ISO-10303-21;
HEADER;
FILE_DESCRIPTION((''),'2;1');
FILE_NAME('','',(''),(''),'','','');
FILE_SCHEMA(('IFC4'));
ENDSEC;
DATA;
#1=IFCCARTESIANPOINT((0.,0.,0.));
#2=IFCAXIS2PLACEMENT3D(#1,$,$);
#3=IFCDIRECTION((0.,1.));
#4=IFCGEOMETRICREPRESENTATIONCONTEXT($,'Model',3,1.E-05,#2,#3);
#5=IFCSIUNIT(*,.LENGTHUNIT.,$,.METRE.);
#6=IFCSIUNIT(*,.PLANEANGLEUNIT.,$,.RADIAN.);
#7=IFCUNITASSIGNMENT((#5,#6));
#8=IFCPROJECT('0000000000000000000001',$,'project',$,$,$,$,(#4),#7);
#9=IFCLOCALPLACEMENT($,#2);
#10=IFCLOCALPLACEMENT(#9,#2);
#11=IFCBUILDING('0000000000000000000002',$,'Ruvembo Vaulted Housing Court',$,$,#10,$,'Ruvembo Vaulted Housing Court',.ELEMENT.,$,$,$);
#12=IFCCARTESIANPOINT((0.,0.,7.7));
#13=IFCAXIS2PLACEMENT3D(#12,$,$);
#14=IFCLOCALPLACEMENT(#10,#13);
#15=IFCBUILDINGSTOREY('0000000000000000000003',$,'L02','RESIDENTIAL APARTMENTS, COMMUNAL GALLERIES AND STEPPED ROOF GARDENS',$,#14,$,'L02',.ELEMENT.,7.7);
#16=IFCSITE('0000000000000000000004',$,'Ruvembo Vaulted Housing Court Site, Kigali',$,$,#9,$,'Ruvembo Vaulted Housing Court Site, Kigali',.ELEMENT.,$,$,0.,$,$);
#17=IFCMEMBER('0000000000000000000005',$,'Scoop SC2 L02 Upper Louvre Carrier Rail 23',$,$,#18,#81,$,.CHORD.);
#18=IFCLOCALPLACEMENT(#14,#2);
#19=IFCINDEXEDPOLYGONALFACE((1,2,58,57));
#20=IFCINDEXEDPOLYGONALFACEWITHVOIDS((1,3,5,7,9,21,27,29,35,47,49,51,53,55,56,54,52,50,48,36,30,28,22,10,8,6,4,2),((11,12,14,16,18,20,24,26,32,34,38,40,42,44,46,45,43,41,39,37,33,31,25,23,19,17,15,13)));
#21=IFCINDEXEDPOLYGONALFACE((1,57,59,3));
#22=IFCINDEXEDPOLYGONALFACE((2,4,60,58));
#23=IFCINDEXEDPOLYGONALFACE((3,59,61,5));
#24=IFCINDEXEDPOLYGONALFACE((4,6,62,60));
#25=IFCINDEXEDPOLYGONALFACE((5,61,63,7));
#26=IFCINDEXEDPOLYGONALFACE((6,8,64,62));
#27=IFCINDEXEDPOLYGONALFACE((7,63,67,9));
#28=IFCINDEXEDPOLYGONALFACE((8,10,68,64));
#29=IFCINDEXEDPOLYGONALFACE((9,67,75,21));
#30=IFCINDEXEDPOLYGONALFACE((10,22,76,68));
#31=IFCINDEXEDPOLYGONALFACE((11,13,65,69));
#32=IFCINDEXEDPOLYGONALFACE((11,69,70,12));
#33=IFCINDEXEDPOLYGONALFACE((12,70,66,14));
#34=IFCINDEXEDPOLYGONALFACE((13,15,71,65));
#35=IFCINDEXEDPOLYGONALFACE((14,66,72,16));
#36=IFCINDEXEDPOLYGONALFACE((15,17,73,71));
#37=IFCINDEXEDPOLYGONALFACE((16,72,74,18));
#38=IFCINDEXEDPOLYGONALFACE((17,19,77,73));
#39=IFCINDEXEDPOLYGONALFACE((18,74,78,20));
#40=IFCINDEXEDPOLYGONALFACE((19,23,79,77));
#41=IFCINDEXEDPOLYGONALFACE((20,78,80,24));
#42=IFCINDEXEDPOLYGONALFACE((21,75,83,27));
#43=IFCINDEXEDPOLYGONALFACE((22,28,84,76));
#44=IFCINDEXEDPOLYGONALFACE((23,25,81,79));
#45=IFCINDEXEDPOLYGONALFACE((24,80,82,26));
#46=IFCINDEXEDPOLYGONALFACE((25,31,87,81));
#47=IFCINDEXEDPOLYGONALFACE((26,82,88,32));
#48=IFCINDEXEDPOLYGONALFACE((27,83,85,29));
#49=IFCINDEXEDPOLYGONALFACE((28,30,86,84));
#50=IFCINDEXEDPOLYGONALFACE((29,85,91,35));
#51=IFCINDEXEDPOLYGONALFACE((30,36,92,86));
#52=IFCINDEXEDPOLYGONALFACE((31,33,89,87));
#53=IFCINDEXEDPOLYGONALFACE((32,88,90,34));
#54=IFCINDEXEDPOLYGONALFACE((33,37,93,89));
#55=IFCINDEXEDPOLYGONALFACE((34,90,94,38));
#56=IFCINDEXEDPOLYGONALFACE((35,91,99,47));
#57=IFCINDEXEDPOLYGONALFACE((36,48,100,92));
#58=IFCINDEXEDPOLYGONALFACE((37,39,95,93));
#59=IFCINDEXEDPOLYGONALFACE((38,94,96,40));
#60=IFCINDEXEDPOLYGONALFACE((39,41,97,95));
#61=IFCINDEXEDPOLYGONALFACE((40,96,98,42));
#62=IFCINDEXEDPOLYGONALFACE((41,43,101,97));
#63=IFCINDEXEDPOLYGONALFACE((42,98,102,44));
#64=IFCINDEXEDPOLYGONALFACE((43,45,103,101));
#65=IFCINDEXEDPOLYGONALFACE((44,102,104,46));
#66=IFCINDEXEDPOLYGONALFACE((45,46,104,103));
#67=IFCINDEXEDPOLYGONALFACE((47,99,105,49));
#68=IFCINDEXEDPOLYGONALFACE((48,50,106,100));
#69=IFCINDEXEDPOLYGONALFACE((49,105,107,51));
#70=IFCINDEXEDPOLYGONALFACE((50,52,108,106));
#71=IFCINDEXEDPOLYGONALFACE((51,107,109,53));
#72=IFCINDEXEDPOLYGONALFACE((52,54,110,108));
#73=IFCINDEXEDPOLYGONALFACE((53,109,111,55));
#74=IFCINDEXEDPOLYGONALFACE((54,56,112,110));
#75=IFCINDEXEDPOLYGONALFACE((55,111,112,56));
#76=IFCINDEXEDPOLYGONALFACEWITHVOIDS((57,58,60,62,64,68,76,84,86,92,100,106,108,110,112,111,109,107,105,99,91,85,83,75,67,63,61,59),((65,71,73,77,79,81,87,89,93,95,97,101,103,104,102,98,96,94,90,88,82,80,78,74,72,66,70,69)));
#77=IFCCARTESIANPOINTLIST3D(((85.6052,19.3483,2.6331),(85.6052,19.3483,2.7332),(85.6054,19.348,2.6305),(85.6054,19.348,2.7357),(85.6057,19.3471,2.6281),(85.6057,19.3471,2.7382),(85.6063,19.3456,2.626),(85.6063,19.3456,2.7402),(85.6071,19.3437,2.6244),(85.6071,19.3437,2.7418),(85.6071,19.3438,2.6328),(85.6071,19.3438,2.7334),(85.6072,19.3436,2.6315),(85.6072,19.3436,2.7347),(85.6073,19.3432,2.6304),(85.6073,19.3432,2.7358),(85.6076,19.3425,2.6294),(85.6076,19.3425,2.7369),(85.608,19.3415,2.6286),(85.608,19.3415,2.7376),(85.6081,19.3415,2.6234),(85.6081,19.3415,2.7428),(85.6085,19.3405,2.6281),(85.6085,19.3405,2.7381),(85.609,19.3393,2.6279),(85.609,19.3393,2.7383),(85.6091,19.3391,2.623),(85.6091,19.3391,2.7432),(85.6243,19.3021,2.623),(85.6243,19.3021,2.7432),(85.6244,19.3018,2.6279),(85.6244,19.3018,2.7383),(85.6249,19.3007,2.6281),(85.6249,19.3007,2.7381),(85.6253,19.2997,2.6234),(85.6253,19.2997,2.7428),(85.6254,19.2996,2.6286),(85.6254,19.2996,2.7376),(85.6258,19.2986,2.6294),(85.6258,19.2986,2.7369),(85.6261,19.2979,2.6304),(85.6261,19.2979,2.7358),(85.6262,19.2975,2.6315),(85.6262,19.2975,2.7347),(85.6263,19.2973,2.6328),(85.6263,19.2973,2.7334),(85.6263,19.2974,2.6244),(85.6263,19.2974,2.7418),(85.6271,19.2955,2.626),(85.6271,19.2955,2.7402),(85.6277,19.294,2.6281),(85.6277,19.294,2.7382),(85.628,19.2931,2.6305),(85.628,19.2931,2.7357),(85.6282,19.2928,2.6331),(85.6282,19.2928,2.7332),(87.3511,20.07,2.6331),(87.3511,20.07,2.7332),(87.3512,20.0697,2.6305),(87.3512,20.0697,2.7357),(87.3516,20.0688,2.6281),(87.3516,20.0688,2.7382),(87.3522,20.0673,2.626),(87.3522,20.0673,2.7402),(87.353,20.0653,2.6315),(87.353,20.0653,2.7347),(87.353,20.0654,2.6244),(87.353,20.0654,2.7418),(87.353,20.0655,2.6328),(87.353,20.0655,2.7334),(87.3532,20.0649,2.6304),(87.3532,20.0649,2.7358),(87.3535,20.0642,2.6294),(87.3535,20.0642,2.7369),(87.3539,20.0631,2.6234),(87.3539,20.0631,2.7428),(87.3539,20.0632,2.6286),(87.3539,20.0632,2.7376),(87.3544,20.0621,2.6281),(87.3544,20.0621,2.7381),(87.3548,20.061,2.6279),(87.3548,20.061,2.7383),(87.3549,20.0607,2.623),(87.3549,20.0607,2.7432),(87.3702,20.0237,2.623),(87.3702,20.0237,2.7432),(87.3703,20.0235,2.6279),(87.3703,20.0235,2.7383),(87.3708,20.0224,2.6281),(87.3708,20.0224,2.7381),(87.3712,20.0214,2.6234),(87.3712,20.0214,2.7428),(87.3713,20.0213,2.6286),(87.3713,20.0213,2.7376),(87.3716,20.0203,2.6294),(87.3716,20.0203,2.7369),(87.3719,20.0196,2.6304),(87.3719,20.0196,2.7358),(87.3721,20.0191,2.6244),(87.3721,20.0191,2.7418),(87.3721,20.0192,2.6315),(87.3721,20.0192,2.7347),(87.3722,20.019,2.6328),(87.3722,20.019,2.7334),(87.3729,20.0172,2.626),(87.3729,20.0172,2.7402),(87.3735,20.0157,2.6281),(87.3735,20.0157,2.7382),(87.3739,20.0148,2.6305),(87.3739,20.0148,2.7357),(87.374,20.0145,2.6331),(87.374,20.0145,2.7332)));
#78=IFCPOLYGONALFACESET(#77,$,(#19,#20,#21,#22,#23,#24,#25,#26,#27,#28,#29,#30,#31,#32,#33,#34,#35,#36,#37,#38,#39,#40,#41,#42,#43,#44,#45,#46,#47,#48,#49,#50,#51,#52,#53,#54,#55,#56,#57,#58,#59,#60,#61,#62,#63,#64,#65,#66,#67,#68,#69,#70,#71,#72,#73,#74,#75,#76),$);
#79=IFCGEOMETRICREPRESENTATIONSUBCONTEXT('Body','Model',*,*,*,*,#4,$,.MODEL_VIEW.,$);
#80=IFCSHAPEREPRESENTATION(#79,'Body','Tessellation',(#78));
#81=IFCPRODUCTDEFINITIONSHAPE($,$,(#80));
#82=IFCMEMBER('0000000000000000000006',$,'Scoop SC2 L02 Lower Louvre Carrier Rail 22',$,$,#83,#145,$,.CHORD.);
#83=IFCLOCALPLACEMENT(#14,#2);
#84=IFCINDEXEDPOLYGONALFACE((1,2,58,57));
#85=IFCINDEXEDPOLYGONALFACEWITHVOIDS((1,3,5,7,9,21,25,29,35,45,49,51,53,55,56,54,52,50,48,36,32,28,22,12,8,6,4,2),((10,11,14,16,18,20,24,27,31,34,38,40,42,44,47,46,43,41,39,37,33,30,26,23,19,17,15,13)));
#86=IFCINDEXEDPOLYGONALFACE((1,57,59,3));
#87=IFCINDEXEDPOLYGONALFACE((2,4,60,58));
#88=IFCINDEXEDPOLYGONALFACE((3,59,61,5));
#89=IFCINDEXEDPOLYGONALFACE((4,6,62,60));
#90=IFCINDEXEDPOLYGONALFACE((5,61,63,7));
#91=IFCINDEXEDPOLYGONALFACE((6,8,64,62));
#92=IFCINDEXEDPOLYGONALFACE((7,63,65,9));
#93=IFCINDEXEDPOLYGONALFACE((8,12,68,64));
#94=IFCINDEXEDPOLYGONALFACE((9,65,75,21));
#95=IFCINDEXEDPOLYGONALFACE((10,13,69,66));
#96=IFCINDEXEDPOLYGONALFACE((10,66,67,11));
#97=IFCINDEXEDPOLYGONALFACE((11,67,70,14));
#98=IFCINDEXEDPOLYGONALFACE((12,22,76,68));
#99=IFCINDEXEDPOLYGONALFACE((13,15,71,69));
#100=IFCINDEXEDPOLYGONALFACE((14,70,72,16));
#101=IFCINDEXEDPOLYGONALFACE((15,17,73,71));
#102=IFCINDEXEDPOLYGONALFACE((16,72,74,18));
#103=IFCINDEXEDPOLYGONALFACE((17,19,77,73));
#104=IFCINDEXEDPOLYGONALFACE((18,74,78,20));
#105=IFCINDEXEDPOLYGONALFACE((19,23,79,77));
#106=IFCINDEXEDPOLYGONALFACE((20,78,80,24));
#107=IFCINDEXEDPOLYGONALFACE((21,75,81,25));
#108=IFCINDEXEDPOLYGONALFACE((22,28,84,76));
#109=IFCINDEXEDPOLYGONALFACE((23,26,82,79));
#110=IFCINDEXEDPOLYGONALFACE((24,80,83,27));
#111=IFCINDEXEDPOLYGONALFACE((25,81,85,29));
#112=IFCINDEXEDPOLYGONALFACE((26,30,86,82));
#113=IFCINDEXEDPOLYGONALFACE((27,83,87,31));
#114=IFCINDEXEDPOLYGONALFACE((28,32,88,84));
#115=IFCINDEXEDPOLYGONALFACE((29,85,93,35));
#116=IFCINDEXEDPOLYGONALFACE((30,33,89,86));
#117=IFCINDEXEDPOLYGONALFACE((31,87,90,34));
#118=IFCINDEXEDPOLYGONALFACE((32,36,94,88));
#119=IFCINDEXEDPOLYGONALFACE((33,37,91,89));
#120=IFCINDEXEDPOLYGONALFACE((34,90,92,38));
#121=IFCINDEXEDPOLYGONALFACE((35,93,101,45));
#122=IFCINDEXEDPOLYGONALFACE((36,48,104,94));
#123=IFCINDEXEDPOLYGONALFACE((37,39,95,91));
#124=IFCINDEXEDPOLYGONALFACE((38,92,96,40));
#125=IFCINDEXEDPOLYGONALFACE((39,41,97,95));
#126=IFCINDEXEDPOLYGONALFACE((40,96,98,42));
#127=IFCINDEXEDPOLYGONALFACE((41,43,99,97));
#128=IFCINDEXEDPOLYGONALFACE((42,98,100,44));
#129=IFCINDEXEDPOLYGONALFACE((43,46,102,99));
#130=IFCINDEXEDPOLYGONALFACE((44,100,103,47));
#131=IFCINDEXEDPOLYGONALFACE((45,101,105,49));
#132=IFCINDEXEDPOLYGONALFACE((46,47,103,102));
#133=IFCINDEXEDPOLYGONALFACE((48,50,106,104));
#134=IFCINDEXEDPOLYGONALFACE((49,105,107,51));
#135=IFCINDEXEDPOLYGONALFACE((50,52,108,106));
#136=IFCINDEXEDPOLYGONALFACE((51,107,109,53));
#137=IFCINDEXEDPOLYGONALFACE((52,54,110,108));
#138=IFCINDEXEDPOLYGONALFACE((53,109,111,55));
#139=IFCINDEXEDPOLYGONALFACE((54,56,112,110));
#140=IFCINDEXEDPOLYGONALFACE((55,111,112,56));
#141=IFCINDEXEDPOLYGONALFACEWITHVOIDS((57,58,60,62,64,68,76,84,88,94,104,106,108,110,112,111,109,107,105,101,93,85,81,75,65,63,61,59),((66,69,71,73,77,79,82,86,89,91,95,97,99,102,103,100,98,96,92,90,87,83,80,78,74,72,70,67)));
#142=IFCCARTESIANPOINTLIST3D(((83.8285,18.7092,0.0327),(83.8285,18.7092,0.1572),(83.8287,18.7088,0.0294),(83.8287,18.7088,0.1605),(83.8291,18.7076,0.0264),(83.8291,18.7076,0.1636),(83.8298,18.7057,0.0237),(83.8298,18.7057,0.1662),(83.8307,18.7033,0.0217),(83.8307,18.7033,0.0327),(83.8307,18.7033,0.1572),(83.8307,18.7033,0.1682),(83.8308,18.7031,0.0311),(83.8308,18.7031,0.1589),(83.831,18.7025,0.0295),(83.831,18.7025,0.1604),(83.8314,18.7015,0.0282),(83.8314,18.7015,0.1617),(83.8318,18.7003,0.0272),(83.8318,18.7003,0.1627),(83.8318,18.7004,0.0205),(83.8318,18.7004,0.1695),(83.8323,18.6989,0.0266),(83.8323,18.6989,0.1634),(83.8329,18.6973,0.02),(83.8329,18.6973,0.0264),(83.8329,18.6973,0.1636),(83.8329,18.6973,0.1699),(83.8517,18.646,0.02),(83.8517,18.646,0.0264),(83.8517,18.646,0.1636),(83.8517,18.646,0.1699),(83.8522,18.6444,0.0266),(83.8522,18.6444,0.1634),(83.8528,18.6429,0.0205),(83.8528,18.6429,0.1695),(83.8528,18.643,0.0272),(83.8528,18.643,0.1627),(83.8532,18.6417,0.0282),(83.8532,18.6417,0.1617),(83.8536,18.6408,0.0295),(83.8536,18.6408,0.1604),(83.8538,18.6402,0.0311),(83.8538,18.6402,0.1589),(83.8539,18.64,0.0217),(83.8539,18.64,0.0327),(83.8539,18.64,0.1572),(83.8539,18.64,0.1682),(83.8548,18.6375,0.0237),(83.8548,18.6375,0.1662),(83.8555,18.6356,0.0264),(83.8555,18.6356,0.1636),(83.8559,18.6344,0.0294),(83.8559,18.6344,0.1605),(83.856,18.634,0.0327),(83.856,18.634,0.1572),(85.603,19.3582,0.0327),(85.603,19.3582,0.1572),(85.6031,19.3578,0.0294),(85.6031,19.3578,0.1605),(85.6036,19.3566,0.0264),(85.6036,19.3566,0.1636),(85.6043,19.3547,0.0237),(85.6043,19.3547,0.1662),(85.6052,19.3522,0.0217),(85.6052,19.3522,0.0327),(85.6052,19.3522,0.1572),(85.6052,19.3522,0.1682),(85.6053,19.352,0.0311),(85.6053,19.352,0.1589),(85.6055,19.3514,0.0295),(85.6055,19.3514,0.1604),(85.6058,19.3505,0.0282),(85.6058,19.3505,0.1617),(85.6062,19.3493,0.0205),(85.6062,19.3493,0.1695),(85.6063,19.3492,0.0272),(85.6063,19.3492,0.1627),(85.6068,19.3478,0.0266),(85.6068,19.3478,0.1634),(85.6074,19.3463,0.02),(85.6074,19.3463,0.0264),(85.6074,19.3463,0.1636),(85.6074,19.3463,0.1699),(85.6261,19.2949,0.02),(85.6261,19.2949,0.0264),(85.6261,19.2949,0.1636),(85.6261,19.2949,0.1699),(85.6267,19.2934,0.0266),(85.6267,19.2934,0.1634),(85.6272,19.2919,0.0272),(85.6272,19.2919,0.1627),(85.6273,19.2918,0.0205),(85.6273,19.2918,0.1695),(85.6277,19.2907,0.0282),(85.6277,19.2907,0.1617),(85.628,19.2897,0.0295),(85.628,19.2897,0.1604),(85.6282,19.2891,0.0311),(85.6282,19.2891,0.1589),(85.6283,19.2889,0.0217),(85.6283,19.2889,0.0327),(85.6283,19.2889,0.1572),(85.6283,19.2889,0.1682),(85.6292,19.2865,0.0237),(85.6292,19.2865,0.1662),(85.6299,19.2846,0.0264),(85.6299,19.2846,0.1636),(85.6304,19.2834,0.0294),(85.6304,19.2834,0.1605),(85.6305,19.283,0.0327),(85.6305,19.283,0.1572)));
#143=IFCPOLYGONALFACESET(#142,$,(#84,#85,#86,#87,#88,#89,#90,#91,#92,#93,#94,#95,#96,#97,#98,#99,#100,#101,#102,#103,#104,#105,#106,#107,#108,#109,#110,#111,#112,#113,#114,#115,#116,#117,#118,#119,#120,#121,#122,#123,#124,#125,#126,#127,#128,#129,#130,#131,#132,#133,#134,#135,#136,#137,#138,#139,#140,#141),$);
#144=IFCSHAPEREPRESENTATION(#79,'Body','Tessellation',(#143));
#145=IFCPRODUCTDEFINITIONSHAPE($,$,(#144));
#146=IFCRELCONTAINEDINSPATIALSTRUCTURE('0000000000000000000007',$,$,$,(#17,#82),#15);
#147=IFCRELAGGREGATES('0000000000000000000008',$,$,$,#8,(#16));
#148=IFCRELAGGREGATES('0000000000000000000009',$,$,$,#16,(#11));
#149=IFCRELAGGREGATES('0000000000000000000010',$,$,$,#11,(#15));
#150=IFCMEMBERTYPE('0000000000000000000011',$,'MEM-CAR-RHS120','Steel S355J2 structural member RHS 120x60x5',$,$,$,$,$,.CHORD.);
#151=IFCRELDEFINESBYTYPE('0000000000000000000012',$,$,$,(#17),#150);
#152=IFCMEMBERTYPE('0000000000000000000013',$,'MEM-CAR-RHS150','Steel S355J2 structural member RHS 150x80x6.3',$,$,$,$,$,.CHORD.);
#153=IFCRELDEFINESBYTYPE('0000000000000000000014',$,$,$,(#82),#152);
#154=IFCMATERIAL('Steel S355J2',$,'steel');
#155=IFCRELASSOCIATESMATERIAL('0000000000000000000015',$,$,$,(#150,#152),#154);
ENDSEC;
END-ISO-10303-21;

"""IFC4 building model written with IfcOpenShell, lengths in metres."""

from ifc_helpers import new_model, si_unit, direction, frame, origin, origin_2d, place, context, subcontext, project, spatial, hollow_rectangle, extrude, material, material_profile, profile_set, type_object, element, save


model = new_model("IFC4")

# Units and contexts
model_context = context("Model", 3, precision=1e-05, world=origin(), true_north=direction((0.0, 1.0)))
body_context = subcontext(model_context, "Body", "Model", "MODEL_VIEW")
ifc_project = project(units=[si_unit("LENGTHUNIT", "METRE"), si_unit("PLANEANGLEUNIT", "RADIAN")], contexts=[model_context])

# Site, building, storey
site_placement = place(None, origin())
site = spatial("IfcSite", under=ifc_project, at=site_placement, Name="Ruvembo Vaulted Housing Court Site, Kigali", LongName="Ruvembo Vaulted Housing Court Site, Kigali", CompositionType="ELEMENT", RefElevation=0.0)
building_placement = place(site_placement, origin())
building = spatial("IfcBuilding", under=site, at=building_placement, Name="Ruvembo Vaulted Housing Court", LongName="Ruvembo Vaulted Housing Court", CompositionType="ELEMENT")
storey_placement = place(building_placement, frame((0.0, 0.0, 7.7)))
storey = spatial("IfcBuildingStorey", under=building, at=storey_placement, Name="L02", Description="RESIDENTIAL APARTMENTS, COMMUNAL GALLERIES AND STEPPED ROOF GARDENS", LongName="L02", CompositionType="ELEMENT", Elevation=7.7)

# Shared definitions
ifc_material_1 = material(Name="Steel S355J2", Category="steel")

# Members
ifc_material_profile_1 = material_profile(ifc_material_1, hollow_rectangle(XDim=0.0601, YDim=0.1201, WallThickness=0.0049, InnerFilletRadius=0.0049, OuterFilletRadius=0.01, at=origin_2d()), Name="RHS 120x60x5")
ifc_profile_set_1 = profile_set([ifc_material_profile_1], Name="Steel S355J2")
member_type_1 = type_object("IfcMemberType", Name="MEM-CAR-RHS120", Description="Steel S355J2 structural member RHS 120x60x5", PredefinedType="CHORD", material=ifc_profile_set_1)
member_1_placement = place(storey_placement, frame((85.6167, 19.3206, 2.6831), z_axis=(0.924155, 0.382017, 0.0), x_axis=(-0.382017, 0.924155, 0.0)))
element("IfcMember", 1, at=member_1_placement, inside=storey, type_object=member_type_1, Name="Scoop SC2 L02 Upper Louvre Carrier Rail 23", PredefinedType="CHORD", context=body_context, shape_type="SweptSolid", body=[
    extrude(hollow_rectangle(XDim=0.0601, YDim=0.1201, WallThickness=0.0049, InnerFilletRadius=0.0049, OuterFilletRadius=0.01, at=origin_2d()), origin(), (0.0, 0.0, 1.0), 1.8892),
])
ifc_material_profile_2 = material_profile(ifc_material_1, hollow_rectangle(XDim=0.0801, YDim=0.1499, WallThickness=0.0063, InnerFilletRadius=0.0063, OuterFilletRadius=0.0127, at=origin_2d()), Name="RHS 150x80x6.3")
ifc_profile_set_2 = profile_set([ifc_material_profile_2], Name="Steel S355J2")
member_type_2 = type_object("IfcMemberType", Name="MEM-CAR-RHS150", Description="Steel S355J2 structural member RHS 150x80x6.3", PredefinedType="CHORD", material=ifc_profile_set_2)
member_2_placement = place(storey_placement, frame((83.8423, 18.6716, 0.095), z_axis=(0.939166, 0.343465, 0.0), x_axis=(-0.343465, 0.939166, 0.0)))
element("IfcMember", 2, at=member_2_placement, inside=storey, type_object=member_type_2, Name="Scoop SC2 L02 Lower Louvre Carrier Rail 22", PredefinedType="CHORD", context=body_context, shape_type="SweptSolid", body=[
    extrude(hollow_rectangle(XDim=0.0801, YDim=0.1499, WallThickness=0.0063, InnerFilletRadius=0.0063, OuterFilletRadius=0.0127, at=origin_2d()), origin(), (0.0, 0.0, 1.0), 1.8894),
])

save(model, "model.ifc")
